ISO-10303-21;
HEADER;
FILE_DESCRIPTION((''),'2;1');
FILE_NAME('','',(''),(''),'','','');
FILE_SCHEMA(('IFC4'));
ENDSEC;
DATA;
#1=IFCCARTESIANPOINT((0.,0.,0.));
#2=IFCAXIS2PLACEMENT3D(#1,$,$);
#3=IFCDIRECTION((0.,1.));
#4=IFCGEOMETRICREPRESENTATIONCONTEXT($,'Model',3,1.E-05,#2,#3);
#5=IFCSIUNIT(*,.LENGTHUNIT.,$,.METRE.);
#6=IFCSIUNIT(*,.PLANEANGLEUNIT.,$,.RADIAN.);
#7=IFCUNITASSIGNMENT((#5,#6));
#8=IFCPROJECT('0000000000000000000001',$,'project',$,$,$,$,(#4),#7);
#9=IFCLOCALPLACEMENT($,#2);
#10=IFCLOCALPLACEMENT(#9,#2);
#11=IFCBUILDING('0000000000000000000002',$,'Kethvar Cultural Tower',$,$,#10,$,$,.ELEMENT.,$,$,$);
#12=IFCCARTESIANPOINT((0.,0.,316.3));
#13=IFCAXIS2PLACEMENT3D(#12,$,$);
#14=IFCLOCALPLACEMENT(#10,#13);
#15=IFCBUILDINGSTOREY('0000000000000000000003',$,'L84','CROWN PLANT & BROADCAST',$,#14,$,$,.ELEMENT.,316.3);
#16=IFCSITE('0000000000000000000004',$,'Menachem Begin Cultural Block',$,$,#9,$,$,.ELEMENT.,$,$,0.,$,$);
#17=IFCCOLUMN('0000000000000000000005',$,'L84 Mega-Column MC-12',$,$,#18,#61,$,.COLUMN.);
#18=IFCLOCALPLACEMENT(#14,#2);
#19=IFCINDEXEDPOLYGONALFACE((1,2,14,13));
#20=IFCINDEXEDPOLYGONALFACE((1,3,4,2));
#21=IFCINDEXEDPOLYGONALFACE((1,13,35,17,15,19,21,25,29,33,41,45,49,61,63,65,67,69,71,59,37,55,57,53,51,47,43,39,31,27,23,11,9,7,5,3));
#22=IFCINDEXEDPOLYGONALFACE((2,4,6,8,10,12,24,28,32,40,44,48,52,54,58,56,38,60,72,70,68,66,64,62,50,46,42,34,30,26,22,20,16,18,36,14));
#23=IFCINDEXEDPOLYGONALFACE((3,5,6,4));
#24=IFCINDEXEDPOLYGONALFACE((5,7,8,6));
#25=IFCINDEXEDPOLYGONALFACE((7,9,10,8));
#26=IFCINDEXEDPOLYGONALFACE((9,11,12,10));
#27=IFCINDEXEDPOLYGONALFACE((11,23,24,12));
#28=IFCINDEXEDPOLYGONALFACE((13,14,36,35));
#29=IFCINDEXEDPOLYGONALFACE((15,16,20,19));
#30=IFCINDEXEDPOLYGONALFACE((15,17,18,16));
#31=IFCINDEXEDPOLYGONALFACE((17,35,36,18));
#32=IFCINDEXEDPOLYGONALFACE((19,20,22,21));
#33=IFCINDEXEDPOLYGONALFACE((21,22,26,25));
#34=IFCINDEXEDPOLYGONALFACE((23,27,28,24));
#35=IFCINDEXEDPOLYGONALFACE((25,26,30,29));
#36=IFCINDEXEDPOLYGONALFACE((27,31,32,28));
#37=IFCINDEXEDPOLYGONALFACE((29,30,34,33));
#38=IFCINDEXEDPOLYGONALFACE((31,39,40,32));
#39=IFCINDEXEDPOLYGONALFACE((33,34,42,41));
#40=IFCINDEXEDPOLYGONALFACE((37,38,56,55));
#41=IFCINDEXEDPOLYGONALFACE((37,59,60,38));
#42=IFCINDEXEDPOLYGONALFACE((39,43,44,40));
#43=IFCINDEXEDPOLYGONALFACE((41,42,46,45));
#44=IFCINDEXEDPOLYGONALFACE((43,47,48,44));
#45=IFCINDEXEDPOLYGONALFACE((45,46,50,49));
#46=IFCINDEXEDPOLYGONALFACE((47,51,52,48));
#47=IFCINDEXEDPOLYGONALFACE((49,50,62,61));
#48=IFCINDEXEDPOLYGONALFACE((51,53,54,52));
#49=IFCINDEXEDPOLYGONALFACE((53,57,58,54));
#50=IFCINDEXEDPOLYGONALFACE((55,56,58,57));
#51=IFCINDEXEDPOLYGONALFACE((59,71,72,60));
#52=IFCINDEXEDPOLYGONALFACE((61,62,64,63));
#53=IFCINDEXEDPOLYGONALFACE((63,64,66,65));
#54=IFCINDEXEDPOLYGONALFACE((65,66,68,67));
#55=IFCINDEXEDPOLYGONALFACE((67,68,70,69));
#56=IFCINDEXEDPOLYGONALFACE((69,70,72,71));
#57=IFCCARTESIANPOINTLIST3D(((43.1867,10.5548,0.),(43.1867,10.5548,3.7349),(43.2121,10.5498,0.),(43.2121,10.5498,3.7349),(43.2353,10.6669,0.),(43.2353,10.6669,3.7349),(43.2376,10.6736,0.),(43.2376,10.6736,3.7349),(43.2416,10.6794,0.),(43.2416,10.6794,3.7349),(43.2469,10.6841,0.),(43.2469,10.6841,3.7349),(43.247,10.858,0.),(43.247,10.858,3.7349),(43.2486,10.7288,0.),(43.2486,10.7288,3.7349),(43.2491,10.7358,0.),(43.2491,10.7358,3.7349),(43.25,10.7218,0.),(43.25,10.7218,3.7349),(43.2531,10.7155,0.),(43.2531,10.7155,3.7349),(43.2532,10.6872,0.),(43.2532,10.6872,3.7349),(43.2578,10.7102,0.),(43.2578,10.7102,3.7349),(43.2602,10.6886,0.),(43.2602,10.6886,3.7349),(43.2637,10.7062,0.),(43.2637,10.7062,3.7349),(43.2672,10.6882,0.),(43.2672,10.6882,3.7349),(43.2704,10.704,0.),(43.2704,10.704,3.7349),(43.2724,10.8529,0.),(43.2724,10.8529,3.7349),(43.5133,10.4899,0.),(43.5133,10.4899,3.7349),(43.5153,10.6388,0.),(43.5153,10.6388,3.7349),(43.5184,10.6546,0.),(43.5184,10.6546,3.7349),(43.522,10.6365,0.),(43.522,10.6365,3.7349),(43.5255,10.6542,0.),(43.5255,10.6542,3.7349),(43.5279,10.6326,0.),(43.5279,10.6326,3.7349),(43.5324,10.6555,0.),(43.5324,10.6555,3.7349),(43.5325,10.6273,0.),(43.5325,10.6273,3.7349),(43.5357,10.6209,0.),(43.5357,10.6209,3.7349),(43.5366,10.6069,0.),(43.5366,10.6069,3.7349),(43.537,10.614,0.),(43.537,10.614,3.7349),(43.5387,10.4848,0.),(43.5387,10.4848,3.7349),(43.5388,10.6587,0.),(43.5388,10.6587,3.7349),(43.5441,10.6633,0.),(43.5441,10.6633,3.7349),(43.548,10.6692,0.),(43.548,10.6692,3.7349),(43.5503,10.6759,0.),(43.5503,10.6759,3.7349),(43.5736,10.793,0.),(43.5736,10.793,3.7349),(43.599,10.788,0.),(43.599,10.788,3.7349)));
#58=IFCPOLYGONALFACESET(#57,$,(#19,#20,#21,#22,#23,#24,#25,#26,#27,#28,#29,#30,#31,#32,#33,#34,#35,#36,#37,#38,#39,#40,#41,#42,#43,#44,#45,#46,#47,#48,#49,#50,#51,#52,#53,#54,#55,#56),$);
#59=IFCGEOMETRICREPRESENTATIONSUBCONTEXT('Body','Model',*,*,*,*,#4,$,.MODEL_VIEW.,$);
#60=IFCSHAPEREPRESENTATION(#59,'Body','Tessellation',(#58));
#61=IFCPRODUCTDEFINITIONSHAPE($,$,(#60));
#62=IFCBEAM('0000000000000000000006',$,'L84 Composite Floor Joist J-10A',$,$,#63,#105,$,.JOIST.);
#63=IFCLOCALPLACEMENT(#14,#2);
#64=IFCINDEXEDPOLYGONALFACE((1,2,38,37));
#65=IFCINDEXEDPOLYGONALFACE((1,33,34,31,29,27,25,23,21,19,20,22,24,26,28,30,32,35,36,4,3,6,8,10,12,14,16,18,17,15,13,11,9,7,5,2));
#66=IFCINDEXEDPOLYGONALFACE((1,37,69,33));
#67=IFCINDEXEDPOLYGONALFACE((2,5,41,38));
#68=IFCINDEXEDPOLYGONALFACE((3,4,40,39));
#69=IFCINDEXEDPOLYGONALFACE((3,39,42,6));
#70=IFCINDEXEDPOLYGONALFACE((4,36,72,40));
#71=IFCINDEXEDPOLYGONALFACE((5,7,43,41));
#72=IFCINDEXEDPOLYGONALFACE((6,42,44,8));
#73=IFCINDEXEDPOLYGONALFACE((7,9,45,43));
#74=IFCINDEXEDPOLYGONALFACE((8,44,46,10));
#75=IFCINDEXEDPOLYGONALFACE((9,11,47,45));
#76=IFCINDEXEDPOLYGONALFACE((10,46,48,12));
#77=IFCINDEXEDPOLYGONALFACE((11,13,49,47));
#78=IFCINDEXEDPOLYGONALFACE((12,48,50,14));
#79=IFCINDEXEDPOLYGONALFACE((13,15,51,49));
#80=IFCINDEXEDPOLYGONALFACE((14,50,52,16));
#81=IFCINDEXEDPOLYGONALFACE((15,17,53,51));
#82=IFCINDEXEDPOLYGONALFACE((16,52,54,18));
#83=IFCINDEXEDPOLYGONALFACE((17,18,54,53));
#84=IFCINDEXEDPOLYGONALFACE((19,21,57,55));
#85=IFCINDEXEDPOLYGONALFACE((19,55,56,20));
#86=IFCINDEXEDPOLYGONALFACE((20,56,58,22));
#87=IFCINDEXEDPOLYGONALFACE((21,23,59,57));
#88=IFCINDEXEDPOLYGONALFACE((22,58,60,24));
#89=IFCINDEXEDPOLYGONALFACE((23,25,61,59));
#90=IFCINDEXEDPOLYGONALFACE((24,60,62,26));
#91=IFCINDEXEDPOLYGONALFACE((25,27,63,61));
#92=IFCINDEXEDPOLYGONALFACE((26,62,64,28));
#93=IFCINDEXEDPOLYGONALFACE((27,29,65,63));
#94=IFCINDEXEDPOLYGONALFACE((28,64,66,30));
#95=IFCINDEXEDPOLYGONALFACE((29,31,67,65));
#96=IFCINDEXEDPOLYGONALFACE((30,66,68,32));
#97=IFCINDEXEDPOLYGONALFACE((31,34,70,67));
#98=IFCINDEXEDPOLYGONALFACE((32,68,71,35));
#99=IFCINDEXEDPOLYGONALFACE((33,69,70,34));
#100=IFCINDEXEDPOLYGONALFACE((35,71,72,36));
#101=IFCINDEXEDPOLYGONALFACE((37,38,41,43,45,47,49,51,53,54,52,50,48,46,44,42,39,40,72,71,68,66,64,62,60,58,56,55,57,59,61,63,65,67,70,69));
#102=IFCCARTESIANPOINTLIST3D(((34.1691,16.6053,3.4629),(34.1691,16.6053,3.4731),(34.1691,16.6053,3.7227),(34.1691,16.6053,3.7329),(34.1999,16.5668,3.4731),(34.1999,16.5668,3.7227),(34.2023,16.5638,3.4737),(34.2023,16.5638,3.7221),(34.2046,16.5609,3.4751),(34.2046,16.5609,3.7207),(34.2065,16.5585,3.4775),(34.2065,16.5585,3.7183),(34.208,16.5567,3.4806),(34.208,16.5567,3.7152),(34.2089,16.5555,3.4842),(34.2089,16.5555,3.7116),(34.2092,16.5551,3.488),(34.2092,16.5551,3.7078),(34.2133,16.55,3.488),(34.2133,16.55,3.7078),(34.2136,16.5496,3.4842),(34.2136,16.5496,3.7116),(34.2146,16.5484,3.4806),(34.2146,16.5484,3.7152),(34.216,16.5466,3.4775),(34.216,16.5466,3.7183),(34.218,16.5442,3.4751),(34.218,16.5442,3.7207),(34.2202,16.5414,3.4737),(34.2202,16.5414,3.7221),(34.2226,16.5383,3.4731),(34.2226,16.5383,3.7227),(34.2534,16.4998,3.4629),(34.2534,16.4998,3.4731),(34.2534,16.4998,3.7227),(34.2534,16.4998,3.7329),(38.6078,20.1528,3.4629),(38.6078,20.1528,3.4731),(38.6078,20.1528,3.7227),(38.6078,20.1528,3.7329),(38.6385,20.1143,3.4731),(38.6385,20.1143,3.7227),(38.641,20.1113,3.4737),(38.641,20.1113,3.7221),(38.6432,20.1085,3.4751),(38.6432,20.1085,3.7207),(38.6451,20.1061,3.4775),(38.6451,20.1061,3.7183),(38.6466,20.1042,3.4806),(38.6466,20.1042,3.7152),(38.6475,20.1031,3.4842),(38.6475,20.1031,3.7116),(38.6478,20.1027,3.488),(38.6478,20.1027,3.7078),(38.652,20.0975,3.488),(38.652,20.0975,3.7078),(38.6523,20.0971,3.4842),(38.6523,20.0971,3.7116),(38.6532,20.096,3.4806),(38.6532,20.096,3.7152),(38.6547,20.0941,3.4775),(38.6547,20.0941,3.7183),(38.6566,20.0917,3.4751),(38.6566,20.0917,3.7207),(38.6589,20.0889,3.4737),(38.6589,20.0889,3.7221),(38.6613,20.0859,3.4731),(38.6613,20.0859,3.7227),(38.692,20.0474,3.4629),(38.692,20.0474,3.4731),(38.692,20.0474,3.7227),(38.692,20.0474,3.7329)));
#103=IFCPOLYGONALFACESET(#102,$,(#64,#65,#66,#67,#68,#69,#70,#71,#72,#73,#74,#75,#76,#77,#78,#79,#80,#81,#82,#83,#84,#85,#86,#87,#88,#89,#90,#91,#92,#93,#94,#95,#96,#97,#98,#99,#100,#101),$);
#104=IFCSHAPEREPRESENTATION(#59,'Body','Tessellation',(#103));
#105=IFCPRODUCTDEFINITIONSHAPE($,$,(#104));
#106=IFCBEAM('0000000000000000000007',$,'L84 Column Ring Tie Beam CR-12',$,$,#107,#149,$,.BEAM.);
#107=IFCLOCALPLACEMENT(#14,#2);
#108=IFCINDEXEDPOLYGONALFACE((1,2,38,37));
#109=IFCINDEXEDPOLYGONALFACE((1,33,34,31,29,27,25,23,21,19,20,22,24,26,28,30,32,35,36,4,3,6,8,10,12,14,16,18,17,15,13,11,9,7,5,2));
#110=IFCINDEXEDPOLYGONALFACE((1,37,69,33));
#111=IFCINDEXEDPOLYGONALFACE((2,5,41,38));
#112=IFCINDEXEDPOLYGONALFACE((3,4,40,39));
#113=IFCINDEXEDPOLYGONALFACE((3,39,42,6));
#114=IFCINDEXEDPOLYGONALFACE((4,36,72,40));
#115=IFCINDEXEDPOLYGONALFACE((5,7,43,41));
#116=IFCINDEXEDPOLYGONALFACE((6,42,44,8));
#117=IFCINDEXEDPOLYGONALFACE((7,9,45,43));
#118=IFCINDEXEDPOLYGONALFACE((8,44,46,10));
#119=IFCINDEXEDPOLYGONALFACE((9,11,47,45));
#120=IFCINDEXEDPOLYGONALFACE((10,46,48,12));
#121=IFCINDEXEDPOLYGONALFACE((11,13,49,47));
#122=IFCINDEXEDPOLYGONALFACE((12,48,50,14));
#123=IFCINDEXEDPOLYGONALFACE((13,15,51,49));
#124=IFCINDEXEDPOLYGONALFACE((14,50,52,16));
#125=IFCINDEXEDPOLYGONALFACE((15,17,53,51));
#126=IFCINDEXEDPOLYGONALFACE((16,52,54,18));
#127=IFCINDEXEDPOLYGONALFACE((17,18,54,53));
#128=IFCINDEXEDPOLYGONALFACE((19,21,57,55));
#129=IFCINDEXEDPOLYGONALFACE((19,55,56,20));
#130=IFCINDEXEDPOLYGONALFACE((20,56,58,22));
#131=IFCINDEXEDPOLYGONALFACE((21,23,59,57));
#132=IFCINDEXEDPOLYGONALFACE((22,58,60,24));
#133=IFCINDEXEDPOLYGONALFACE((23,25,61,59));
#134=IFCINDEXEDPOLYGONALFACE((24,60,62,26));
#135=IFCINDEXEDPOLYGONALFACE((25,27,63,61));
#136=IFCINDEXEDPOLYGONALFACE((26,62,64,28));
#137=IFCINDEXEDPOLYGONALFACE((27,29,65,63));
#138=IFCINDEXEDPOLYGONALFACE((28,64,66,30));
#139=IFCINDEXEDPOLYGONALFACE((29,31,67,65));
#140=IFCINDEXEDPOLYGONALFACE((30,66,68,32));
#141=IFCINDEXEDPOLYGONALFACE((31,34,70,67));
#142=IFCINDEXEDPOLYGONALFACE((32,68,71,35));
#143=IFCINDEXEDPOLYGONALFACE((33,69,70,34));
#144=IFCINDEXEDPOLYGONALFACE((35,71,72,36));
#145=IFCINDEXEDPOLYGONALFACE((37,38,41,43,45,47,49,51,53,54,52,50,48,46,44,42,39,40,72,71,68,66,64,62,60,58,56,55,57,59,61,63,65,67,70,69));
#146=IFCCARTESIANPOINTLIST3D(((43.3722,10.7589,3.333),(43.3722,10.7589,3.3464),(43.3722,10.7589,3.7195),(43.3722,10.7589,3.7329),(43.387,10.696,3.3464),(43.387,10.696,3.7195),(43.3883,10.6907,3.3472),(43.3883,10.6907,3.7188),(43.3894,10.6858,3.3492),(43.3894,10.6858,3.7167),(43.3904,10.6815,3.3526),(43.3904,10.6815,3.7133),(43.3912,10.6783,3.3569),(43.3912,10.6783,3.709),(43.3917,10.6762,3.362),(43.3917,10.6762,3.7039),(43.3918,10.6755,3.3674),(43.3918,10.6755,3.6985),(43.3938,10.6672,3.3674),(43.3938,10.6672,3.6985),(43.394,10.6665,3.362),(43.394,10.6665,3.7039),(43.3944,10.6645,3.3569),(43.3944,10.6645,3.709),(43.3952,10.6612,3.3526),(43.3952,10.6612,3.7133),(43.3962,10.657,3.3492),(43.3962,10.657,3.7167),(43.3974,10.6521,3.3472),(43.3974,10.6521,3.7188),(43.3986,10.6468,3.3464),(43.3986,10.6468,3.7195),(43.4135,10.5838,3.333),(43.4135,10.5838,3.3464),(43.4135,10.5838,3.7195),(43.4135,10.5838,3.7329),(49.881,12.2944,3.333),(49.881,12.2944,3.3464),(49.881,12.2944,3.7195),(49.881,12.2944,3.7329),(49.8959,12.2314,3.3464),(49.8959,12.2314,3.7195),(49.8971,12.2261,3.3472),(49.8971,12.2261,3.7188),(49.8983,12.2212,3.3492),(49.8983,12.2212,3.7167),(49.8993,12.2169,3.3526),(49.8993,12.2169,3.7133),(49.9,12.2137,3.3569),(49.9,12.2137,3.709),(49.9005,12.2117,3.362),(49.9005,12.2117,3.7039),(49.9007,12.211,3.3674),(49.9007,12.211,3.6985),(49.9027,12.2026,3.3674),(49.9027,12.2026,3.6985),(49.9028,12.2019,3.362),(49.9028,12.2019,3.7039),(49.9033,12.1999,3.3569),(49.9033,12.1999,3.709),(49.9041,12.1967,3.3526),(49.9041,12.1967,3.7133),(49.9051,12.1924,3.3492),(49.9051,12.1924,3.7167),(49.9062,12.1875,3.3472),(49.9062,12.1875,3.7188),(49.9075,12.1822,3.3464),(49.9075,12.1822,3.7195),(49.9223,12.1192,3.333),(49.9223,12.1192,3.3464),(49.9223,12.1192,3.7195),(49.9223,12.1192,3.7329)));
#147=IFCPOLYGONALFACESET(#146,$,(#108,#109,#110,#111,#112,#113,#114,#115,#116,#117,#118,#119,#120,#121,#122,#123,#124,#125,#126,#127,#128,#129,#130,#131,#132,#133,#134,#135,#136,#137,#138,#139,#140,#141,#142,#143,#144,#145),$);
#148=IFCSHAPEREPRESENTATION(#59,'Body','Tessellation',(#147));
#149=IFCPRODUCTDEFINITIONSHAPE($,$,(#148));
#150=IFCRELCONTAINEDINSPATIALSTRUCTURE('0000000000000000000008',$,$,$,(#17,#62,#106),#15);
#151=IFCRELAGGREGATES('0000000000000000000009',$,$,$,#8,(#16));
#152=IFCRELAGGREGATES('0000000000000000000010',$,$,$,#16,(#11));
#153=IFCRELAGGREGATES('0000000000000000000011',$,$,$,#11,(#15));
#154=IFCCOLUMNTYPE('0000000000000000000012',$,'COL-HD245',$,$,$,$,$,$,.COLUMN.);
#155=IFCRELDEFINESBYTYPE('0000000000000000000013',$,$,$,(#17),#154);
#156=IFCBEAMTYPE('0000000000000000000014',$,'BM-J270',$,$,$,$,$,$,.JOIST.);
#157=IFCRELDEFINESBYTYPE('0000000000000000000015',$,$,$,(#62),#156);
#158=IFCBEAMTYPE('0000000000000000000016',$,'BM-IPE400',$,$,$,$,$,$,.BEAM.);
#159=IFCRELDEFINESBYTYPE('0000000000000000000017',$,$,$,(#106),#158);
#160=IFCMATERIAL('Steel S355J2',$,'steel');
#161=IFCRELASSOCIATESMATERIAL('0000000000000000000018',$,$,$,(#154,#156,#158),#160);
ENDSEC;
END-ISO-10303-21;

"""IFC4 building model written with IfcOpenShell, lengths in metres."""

from ifc_helpers import new_model, si_unit, direction, frame, origin, origin_2d, place, context, subcontext, project, spatial, i_section, extrude, source, transform, mapped, material, material_profile, profile_set, type_object, element, save


model = new_model("IFC4")

# Units and contexts
model_context = context("Model", 3, precision=1e-05, world=origin(), true_north=direction((0.0, 1.0)))
body_context = subcontext(model_context, "Body", "Model", "MODEL_VIEW")
ifc_project = project(units=[si_unit("LENGTHUNIT", "METRE"), si_unit("PLANEANGLEUNIT", "RADIAN")], contexts=[model_context])

# Site, building, storey
site_placement = place(None, origin())
site = spatial("IfcSite", under=ifc_project, at=site_placement, Name="Menachem Begin Cultural Block", CompositionType="ELEMENT", RefElevation=0.0)
building_placement = place(site_placement, origin())
building = spatial("IfcBuilding", under=site, at=building_placement, Name="Kethvar Cultural Tower", CompositionType="ELEMENT")
storey_placement = place(building_placement, frame((0.0, 0.0, 316.3)))
storey = spatial("IfcBuildingStorey", under=building, at=storey_placement, Name="L84", Description="CROWN PLANT & BROADCAST", CompositionType="ELEMENT", Elevation=316.3)

# Column
ifc_material_1 = material(Name="Steel S355J2", Category="steel")
ifc_material_profile_1 = material_profile(ifc_material_1, i_section(OverallWidth=0.3091, OverallDepth=0.3589, WebThickness=0.0161, FlangeThickness=0.0259, FilletRadius=0.0271, at=origin_2d()), Name="Steel S355J2 — HD320x245")
ifc_profile_set_1 = profile_set([ifc_material_profile_1], Name="Steel S355J2 — HD320x245")
column_type = type_object("IfcColumnType", Name="COL-HD245", PredefinedType="COLUMN", material=ifc_profile_set_1)
shared_shape_1 = source(origin(), body_context, "Body", "SweptSolid", [
    extrude(i_section(OverallWidth=0.3091, OverallDepth=0.3589, WebThickness=0.0161, FlangeThickness=0.0259, FilletRadius=0.0271, at=origin_2d()), origin(), (0.0, 0.0, 1.0), 3.7349),
])
column_placement = place(storey_placement, frame((43.3928, 10.6714, 0.0), z_axis=(0.0, 0.0, 1.0), x_axis=(-0.19509, -0.980785, 0.0)))
element("IfcColumn", 1, at=column_placement, inside=storey, type_object=column_type, Name="L84 Mega-Column MC-12", PredefinedType="COLUMN", context=body_context, shape_type="MappedRepresentation", body=[
    mapped(shared_shape_1, transform((0.0, 0.0, 0.0), scale=1.0)),
])

# Beams
ifc_material_profile_2 = material_profile(ifc_material_1, i_section(OverallWidth=0.135, OverallDepth=0.27, WebThickness=0.0066, FlangeThickness=0.0103, FilletRadius=0.0149, at=origin_2d()), Name="Steel S355J2 — IPE270")
ifc_profile_set_2 = profile_set([ifc_material_profile_2], Name="Steel S355J2 — IPE270")
beam_type_1 = type_object("IfcBeamType", Name="BM-J270", PredefinedType="JOIST", material=ifc_profile_set_2)
shared_shape_2 = source(origin(), body_context, "Body", "SweptSolid", [
    extrude(i_section(OverallWidth=0.135, OverallDepth=0.27, WebThickness=0.0066, FlangeThickness=0.0103, FilletRadius=0.0149, at=origin_2d()), origin(), (0.0, 0.0, 1.0), 5.6821),
])
beam_1_placement = place(storey_placement, frame((38.6499, 20.1001, 3.5979), z_axis=(-0.781158, -0.624333, 0.0), x_axis=(0.624333, -0.781158, 0.0)))
element("IfcBeam", 2, at=beam_1_placement, inside=storey, type_object=beam_type_1, Name="L84 Composite Floor Joist J-10A", PredefinedType="JOIST", context=body_context, shape_type="MappedRepresentation", body=[
    mapped(shared_shape_2, transform((0.0, 0.0, 0.0), scale=1.0)),
])
ifc_material_profile_3 = material_profile(ifc_material_1, i_section(OverallWidth=0.1799, OverallDepth=0.3999, WebThickness=0.0085, FlangeThickness=0.0134, FilletRadius=0.021, at=origin_2d()), Name="Steel S355J2 — IPE400")
ifc_profile_set_3 = profile_set([ifc_material_profile_3], Name="Steel S355J2 — IPE400")
beam_type_2 = type_object("IfcBeamType", Name="BM-IPE400", PredefinedType="BEAM", material=ifc_profile_set_3)
shared_shape_3 = source(origin(), body_context, "Body", "SweptSolid", [
    extrude(i_section(OverallWidth=0.1799, OverallDepth=0.3999, WebThickness=0.0085, FlangeThickness=0.0134, FilletRadius=0.021, at=origin_2d()), origin(), (0.0, 0.0, 1.0), 6.6875),
])
beam_2_placement = place(storey_placement, frame((43.3928, 10.6714, 3.533), z_axis=(0.973286, 0.229595, 0.0), x_axis=(-0.229595, 0.973286, 0.0)))
element("IfcBeam", 3, at=beam_2_placement, inside=storey, type_object=beam_type_2, Name="L84 Column Ring Tie Beam CR-12", PredefinedType="BEAM", context=body_context, shape_type="MappedRepresentation", body=[
    mapped(shared_shape_3, transform((0.0, 0.0, 0.0), scale=1.0)),
])

save(model, "model.ifc")
